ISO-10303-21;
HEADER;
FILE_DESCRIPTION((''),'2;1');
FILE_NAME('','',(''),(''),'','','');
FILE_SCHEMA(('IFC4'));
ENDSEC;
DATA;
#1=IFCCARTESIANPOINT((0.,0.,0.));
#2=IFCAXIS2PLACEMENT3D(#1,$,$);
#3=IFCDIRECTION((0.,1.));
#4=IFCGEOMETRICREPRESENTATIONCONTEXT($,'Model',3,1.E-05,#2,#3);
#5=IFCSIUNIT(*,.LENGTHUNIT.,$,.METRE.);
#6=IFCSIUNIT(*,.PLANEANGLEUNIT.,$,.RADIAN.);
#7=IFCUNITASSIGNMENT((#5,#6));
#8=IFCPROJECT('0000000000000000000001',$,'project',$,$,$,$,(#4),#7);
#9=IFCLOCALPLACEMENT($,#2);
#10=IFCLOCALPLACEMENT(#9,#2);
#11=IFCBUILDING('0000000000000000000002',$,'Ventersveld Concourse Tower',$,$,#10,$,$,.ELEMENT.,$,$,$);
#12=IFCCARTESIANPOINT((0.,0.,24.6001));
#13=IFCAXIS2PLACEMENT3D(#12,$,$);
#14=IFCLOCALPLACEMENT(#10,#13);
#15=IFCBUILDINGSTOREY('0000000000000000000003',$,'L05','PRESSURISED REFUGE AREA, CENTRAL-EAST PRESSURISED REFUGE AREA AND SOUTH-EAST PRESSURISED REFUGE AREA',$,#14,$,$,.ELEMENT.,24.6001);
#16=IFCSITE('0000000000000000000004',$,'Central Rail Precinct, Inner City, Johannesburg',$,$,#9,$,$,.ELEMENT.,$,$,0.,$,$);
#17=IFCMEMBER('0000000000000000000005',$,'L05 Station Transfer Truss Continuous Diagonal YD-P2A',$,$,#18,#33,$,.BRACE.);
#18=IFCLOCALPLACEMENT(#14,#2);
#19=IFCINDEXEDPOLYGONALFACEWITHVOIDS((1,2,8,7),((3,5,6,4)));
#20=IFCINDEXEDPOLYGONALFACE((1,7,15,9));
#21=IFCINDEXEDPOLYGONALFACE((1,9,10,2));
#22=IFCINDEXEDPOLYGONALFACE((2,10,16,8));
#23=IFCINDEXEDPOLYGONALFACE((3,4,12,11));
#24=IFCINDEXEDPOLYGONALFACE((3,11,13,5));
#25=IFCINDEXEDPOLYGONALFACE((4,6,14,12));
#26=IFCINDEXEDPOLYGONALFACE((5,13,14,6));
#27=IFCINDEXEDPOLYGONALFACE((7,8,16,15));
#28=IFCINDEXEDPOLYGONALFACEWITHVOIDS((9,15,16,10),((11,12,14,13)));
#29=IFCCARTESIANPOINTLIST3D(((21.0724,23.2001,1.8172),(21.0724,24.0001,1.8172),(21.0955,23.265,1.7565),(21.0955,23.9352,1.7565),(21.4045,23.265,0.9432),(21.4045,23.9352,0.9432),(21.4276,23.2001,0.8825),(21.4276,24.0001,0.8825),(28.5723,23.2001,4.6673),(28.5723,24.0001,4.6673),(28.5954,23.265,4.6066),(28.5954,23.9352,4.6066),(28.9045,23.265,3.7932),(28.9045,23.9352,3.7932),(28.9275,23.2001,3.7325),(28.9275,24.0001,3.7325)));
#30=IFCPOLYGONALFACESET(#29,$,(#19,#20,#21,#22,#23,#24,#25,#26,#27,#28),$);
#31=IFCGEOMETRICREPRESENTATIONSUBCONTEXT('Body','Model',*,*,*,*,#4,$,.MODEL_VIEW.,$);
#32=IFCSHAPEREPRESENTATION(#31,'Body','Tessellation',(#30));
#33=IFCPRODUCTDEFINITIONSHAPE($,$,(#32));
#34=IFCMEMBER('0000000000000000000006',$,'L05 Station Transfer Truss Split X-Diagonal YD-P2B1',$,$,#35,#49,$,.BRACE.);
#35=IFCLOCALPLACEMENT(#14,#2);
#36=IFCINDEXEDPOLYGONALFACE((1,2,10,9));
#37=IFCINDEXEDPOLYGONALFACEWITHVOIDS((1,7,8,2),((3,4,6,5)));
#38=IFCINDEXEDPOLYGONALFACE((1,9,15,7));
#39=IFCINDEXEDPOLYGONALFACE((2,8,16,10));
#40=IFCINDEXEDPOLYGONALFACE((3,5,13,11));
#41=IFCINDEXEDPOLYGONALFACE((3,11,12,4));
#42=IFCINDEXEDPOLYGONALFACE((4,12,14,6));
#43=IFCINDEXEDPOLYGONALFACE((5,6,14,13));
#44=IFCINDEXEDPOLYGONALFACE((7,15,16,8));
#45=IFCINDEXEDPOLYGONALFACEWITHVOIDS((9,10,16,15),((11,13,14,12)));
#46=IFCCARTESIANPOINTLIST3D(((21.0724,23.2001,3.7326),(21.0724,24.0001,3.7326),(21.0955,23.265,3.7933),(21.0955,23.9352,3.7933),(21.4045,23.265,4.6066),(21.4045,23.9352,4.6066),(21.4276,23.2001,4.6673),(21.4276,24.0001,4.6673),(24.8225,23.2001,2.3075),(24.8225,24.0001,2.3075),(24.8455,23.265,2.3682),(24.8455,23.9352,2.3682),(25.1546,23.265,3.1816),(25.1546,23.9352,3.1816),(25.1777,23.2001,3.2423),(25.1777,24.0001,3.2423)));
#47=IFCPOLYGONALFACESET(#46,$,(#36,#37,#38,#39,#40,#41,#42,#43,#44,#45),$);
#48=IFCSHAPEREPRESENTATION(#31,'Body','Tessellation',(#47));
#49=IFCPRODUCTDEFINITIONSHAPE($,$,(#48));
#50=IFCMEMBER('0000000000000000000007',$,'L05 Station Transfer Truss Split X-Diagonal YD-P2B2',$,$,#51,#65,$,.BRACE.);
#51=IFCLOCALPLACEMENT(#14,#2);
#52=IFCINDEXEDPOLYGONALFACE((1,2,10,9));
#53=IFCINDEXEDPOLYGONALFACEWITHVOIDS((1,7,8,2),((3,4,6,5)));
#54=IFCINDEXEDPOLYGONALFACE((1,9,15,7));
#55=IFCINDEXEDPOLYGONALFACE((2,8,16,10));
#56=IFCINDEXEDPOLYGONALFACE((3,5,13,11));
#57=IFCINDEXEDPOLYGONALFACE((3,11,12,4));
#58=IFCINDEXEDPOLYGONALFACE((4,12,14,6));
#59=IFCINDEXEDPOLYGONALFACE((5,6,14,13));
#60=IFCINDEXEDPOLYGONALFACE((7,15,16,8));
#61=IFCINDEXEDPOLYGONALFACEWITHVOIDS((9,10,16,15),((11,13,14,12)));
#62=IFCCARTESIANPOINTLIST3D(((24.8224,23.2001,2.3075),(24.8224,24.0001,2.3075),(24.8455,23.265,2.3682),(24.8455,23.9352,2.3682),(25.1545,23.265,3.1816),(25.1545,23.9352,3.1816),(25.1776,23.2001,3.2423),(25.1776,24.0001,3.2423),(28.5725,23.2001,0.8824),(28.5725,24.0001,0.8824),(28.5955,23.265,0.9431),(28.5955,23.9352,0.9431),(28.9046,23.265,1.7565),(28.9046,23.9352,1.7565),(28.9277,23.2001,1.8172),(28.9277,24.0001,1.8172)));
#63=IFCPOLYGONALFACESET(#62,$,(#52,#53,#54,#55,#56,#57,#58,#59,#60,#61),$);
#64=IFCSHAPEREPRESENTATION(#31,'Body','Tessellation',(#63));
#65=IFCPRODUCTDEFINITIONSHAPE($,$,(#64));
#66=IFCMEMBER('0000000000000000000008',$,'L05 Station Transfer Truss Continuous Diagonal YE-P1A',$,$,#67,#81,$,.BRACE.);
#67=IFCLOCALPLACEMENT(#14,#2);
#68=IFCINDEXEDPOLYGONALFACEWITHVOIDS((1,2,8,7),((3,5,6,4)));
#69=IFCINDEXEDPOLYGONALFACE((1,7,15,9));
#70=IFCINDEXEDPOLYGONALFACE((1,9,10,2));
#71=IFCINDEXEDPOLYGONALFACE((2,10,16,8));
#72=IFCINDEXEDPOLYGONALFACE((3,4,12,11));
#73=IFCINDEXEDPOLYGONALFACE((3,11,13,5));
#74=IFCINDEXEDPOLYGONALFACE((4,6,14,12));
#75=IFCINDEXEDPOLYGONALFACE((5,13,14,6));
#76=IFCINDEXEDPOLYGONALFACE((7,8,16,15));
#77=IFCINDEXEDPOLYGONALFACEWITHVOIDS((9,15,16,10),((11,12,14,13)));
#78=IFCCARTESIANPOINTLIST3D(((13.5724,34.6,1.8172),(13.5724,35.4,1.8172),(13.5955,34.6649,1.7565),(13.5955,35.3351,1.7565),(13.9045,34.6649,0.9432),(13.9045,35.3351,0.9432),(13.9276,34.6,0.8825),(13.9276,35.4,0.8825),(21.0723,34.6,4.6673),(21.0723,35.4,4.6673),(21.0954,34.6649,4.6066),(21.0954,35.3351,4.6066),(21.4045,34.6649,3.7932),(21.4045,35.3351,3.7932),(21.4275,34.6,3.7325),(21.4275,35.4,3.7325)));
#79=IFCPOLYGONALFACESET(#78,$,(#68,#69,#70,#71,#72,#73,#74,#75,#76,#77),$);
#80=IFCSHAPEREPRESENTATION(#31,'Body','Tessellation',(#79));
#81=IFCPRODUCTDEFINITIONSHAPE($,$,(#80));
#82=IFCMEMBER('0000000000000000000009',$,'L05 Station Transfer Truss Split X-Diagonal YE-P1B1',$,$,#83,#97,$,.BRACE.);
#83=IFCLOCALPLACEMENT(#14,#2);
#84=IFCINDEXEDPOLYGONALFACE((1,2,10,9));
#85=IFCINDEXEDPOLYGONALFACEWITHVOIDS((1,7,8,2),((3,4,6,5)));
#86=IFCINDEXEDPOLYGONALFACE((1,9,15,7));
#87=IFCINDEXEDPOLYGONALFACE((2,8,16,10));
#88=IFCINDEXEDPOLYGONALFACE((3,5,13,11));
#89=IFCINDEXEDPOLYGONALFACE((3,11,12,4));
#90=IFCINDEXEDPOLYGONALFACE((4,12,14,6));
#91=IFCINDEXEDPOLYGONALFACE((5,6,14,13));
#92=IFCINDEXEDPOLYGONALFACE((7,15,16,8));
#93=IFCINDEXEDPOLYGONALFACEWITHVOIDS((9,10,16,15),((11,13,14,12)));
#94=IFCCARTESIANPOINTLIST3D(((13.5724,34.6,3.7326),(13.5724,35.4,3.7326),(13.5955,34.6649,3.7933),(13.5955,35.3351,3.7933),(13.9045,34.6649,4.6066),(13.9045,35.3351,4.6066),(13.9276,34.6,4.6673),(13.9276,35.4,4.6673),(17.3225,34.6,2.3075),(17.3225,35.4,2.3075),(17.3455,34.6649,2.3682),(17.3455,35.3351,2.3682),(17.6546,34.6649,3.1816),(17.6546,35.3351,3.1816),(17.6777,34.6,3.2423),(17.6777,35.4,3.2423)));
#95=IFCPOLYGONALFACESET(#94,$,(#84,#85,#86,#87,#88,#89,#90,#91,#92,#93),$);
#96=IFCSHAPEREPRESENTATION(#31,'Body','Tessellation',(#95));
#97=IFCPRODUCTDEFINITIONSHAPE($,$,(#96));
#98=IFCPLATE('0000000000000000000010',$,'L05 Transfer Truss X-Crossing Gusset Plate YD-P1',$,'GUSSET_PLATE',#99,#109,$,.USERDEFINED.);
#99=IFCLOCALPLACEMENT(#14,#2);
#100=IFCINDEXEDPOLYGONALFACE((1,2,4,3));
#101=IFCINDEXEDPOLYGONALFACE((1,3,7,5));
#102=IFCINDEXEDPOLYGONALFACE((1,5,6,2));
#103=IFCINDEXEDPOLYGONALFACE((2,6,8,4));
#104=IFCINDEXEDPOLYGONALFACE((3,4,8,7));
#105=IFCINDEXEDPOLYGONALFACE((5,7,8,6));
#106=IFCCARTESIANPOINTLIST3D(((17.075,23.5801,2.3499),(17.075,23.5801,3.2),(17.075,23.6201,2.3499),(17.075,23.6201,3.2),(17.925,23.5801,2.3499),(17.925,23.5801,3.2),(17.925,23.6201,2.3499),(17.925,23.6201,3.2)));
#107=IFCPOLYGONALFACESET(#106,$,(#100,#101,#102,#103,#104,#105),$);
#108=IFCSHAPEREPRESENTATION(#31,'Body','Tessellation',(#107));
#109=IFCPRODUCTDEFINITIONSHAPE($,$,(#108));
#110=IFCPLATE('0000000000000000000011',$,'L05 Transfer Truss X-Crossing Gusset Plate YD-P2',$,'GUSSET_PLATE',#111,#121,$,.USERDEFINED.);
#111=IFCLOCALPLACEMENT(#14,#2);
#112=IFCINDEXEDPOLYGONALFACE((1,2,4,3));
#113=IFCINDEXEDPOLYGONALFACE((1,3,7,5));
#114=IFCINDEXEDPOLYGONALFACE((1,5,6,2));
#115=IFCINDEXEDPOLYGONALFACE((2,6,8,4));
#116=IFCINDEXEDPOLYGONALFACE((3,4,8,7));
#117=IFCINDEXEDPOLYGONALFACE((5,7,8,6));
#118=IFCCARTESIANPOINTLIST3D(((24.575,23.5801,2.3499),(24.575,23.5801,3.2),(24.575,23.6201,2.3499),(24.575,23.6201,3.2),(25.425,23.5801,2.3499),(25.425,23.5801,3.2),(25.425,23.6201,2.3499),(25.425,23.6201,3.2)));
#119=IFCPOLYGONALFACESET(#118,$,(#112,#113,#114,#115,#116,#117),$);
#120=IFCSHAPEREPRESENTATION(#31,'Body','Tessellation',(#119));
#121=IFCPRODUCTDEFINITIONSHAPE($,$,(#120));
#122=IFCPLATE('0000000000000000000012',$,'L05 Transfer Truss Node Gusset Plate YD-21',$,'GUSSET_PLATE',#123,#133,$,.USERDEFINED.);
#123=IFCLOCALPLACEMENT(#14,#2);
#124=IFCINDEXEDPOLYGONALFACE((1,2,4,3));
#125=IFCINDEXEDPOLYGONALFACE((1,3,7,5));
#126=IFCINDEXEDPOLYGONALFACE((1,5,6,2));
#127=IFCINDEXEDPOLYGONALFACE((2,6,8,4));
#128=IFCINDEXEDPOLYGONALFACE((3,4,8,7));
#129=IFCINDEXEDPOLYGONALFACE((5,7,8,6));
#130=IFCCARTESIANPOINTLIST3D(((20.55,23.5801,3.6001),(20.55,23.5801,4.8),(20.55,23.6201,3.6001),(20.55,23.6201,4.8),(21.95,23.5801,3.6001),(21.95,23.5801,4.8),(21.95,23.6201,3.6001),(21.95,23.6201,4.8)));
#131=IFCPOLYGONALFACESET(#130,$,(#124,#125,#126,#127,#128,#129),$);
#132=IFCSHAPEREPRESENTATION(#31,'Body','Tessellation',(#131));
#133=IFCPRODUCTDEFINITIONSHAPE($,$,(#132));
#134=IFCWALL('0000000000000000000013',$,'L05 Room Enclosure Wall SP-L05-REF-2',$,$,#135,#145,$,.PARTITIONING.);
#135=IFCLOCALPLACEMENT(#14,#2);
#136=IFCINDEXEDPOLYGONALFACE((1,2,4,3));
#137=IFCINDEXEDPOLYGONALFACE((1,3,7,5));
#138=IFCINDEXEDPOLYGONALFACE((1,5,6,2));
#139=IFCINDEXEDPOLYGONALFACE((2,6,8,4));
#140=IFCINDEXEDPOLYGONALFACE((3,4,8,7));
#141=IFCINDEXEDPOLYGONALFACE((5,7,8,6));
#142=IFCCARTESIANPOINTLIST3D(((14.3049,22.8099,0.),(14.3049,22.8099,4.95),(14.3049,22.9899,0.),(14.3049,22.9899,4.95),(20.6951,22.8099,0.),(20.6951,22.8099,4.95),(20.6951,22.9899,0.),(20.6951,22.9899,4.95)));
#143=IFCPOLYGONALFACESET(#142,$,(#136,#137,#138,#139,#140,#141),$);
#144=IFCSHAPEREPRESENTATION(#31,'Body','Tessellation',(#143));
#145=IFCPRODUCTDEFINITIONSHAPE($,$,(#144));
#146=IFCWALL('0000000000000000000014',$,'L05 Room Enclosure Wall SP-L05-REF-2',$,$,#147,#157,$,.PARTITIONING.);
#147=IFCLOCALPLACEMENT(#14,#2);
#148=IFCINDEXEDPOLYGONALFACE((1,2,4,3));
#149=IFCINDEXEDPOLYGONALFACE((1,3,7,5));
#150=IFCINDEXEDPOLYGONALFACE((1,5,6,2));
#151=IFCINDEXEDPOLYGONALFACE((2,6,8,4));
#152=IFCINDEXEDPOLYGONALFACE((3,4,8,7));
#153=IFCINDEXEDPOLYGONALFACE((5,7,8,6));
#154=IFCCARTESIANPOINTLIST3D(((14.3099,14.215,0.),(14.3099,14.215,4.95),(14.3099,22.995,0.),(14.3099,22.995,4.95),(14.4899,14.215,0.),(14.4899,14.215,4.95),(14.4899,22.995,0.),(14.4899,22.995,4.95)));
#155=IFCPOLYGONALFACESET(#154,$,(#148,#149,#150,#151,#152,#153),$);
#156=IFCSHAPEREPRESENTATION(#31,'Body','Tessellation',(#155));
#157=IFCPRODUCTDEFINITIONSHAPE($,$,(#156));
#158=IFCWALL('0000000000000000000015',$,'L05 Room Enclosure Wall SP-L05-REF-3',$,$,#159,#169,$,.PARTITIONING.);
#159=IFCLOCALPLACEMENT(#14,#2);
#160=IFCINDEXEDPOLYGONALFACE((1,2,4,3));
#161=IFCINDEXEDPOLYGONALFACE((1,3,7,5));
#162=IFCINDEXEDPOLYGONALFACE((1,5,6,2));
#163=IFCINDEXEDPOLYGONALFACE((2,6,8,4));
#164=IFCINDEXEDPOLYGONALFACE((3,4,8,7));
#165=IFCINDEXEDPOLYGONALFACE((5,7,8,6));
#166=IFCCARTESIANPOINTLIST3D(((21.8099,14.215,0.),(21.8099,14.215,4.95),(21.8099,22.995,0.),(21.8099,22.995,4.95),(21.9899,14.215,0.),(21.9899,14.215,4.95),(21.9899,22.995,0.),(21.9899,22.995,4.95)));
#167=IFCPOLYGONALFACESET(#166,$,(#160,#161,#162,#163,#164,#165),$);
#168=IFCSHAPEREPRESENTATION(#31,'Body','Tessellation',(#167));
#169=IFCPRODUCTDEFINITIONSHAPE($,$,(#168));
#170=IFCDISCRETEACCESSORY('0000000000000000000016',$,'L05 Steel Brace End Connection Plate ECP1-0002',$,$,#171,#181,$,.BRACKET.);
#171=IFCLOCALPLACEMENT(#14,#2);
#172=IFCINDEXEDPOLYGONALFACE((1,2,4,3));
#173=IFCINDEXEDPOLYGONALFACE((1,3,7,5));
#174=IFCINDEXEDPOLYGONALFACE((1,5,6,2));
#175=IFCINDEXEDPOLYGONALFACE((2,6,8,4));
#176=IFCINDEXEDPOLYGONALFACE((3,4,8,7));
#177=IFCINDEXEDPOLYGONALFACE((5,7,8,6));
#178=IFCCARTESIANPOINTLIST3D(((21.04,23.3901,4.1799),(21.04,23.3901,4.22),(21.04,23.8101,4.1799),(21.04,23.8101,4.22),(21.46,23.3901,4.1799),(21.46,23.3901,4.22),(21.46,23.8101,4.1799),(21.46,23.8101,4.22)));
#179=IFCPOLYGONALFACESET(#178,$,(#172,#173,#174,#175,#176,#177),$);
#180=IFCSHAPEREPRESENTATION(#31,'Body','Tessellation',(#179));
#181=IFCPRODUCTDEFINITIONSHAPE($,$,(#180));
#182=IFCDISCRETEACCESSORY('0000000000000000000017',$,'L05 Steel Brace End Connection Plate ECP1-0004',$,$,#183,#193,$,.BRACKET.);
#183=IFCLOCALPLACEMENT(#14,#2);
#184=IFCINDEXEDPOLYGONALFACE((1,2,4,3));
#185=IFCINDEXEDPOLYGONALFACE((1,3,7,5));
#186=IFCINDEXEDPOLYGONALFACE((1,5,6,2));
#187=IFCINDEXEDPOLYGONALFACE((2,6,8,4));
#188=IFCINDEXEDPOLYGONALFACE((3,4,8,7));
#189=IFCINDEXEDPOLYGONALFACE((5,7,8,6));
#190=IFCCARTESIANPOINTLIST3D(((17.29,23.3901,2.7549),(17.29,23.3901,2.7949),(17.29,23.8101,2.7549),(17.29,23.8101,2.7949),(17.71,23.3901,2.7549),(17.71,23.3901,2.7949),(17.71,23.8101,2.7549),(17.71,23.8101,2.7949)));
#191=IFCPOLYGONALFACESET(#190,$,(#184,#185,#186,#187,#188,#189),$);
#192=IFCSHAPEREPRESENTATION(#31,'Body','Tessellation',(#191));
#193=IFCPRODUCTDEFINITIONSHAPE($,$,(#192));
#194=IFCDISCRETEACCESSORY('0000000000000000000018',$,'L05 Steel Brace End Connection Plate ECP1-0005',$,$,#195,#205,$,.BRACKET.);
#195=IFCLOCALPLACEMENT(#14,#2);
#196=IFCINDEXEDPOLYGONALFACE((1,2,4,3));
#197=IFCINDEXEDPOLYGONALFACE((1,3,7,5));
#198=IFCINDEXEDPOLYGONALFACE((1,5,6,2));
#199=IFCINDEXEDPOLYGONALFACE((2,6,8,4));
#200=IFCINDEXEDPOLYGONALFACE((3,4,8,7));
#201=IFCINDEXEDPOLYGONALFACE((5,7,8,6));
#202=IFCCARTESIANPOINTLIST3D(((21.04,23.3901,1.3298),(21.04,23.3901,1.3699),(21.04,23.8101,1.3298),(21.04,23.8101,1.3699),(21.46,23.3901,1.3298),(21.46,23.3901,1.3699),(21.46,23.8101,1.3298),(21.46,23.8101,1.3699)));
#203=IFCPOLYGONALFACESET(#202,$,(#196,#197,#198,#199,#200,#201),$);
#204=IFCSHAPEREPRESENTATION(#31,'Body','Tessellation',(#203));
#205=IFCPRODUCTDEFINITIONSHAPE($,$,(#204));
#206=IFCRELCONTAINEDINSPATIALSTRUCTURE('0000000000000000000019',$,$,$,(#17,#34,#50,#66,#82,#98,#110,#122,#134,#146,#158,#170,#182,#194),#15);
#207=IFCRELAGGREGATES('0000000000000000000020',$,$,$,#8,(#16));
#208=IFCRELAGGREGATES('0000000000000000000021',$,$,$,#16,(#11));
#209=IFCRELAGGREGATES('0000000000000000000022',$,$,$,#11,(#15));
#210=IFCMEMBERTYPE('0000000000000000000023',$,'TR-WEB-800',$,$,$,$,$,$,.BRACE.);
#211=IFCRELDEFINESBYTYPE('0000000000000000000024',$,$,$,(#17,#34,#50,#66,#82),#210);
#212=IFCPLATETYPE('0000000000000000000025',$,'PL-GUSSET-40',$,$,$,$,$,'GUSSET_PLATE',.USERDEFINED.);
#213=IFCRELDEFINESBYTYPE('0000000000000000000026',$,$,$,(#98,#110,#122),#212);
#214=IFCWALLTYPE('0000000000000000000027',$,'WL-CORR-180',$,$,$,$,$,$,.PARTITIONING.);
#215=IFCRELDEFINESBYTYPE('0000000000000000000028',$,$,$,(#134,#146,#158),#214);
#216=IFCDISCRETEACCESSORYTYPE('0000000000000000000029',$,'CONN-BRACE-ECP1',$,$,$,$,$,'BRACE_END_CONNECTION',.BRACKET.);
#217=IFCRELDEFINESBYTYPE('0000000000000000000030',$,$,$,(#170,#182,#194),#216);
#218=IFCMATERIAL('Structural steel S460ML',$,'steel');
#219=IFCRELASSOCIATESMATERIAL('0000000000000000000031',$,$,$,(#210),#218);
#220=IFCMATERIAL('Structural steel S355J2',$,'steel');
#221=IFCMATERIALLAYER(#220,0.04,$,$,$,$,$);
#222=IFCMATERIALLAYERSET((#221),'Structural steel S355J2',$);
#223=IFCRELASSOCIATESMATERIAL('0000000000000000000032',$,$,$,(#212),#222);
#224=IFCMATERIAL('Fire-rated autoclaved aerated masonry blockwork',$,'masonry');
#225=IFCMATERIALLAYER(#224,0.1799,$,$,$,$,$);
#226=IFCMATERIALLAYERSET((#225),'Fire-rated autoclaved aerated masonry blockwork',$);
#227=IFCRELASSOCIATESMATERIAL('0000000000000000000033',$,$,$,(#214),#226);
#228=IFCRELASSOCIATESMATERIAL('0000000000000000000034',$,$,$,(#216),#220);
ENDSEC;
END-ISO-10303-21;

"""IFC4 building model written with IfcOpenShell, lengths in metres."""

from ifc_helpers import new_model, si_unit, direction, frame, frame_2d, origin, origin_2d, place, context, subcontext, project, spatial, rectangle, hollow_rectangle, extrude, material, layer, layer_set, material_profile, profile_set, type_object, element, save


model = new_model("IFC4")

# Units and contexts
model_context = context("Model", 3, precision=1e-05, world=origin(), true_north=direction((0.0, 1.0)))
body_context = subcontext(model_context, "Body", "Model", "MODEL_VIEW")
ifc_project = project(units=[si_unit("LENGTHUNIT", "METRE"), si_unit("PLANEANGLEUNIT", "RADIAN")], contexts=[model_context])

# Site, building, storey
site_placement = place(None, origin())
site = spatial("IfcSite", under=ifc_project, at=site_placement, Name="Central Rail Precinct, Inner City, Johannesburg", CompositionType="ELEMENT", RefElevation=0.0)
building_placement = place(site_placement, origin())
building = spatial("IfcBuilding", under=site, at=building_placement, Name="Ventersveld Concourse Tower", CompositionType="ELEMENT")
storey_placement = place(building_placement, frame((0.0, 0.0, 24.6001)))
storey = spatial("IfcBuildingStorey", under=building, at=storey_placement, Name="L05", Description="PRESSURISED REFUGE AREA, CENTRAL-EAST PRESSURISED REFUGE AREA AND SOUTH-EAST PRESSURISED REFUGE AREA", CompositionType="ELEMENT", Elevation=24.6001)

# Shared definitions
ifc_material_1 = material(Name="Structural steel S355J2", Category="steel")

# Shared definitions
ifc_material_2 = material(Name="Structural steel S460ML", Category="steel")

# Members
ifc_material_profile_1 = material_profile(ifc_material_2, hollow_rectangle(XDim=0.8, YDim=1.0, WallThickness=0.0649, at=origin_2d()), Name="BOX 1000x800x65")
ifc_profile_set_1 = profile_set([ifc_material_profile_1], Name="Structural steel S460ML")
member_type_1 = type_object("IfcMemberType", Name="TR-WEB-800", PredefinedType="BRACE", material=ifc_profile_set_1)
member_1_placement = place(storey_placement, frame((21.25, 23.6001, 1.3499), z_axis=(0.93478, 0.0, 0.355228), x_axis=(0.0, 1.0, 0.0)))
element("IfcMember", 1, at=member_1_placement, inside=storey, type_object=member_type_1, Name="L05 Station Transfer Truss Continuous Diagonal YD-P2A", PredefinedType="BRACE", context=body_context, shape_type="SweptSolid", body=[
    extrude(hollow_rectangle(XDim=0.8, YDim=1.0, WallThickness=0.0649, at=origin_2d()), origin(), (0.0, 0.0, 1.0), 8.0232),
])
for number, where, z_axis, x_axis, name in (
    (2, (21.25, 23.6001, 4.2), (0.93478, 0.0, -0.355228), (0.0, 1.0, 0.0), "L05 Station Transfer Truss Split X-Diagonal YD-P2B1"),
    (3, (25.0, 23.6001, 2.7749), (0.93478, 0.0, -0.355228), (0.0, 1.0, 0.0), "L05 Station Transfer Truss Split X-Diagonal YD-P2B2"),
):
    element("IfcMember", number, at=place(storey_placement, frame(where, z_axis=z_axis, x_axis=x_axis)), inside=storey, type_object=member_type_1, Name=name, PredefinedType="BRACE", context=body_context, shape_type="SweptSolid", body=[
        extrude(hollow_rectangle(XDim=0.8, YDim=1.0, WallThickness=0.0649, at=origin_2d()), origin(), (0.0, 0.0, 1.0), 4.0117),
    ])
member_2_placement = place(storey_placement, frame((13.75, 35.0, 1.3499), z_axis=(0.93478, 0.0, 0.355228), x_axis=(0.0, 1.0, 0.0)))
element("IfcMember", 4, at=member_2_placement, inside=storey, type_object=member_type_1, Name="L05 Station Transfer Truss Continuous Diagonal YE-P1A", PredefinedType="BRACE", context=body_context, shape_type="SweptSolid", body=[
    extrude(hollow_rectangle(XDim=0.8, YDim=1.0, WallThickness=0.0649, at=origin_2d()), origin(), (0.0, 0.0, 1.0), 8.0232),
])
member_3_placement = place(storey_placement, frame((13.75, 35.0, 4.2), z_axis=(0.93478, 0.0, -0.355228), x_axis=(0.0, 1.0, 0.0)))
element("IfcMember", 5, at=member_3_placement, inside=storey, type_object=member_type_1, Name="L05 Station Transfer Truss Split X-Diagonal YE-P1B1", PredefinedType="BRACE", context=body_context, shape_type="SweptSolid", body=[
    extrude(hollow_rectangle(XDim=0.8, YDim=1.0, WallThickness=0.0649, at=origin_2d()), origin(), (0.0, 0.0, 1.0), 4.0117),
])

# Plates
ifc_layer_1 = layer(ifc_material_1, 0.04)
ifc_layer_set_1 = layer_set([ifc_layer_1], Name="Structural steel S355J2")
plate_type = type_object("IfcPlateType", Name="PL-GUSSET-40", ElementType="GUSSET_PLATE", PredefinedType="USERDEFINED", material=ifc_layer_set_1)
for number, where, z_axis, x_axis, name in (
    (6, (17.5, 23.6001, 2.3499), (0.0, 0.0, 1.0), (1.0, 0.0, 0.0), "L05 Transfer Truss X-Crossing Gusset Plate YD-P1"),
    (7, (25.0, 23.6001, 2.3499), (0.0, 0.0, 1.0), (1.0, 0.0, 0.0), "L05 Transfer Truss X-Crossing Gusset Plate YD-P2"),
):
    element("IfcPlate", number, at=place(storey_placement, frame(where, z_axis=z_axis, x_axis=x_axis)), inside=storey, type_object=plate_type, Name=name, ObjectType="GUSSET_PLATE", PredefinedType="USERDEFINED", context=body_context, shape_type="SweptSolid", body=[
        extrude(rectangle(XDim=0.8501, YDim=0.04, at=origin_2d()), origin(), (0.0, 0.0, 1.0), 0.8501),
    ])
plate_placement = place(storey_placement, frame((21.25, 23.6001, 3.6001), z_axis=(0.0, 0.0, 1.0), x_axis=(1.0, 0.0, 0.0)))
element("IfcPlate", 8, at=plate_placement, inside=storey, type_object=plate_type, Name="L05 Transfer Truss Node Gusset Plate YD-21", ObjectType="GUSSET_PLATE", PredefinedType="USERDEFINED", context=body_context, shape_type="SweptSolid", body=[
    extrude(rectangle(XDim=1.3999, YDim=0.04, at=origin_2d()), origin(), (0.0, 0.0, 1.0), 1.2),
])

# Walls
ifc_material_3 = material(Name="Fire-rated autoclaved aerated masonry blockwork", Category="masonry")
ifc_layer_2 = layer(ifc_material_3, 0.1799)
ifc_layer_set_2 = layer_set([ifc_layer_2], Name="Fire-rated autoclaved aerated masonry blockwork")
wall_type = type_object("IfcWallType", Name="WL-CORR-180", PredefinedType="PARTITIONING", material=ifc_layer_set_2)
wall_placement = place(storey_placement, frame((20.6951, 22.8999, 0.0), z_axis=(0.0, 0.0, 1.0), x_axis=(-1.0, 0.0, 0.0)))
element("IfcWall", 9, at=wall_placement, inside=storey, type_object=wall_type, Name="L05 Room Enclosure Wall SP-L05-REF-2", PredefinedType="PARTITIONING", context=body_context, shape_type="SweptSolid", body=[
    extrude(rectangle(XDim=6.3901, YDim=0.1799, at=frame_2d((3.1951, 0.0))), origin(), (0.0, 0.0, 1.0), 4.95),
])
for number, where, z_axis, x_axis, name in (
    (10, (14.3999, 22.9951, 0.0), (0.0, 0.0, 1.0), (0.0, -1.0, 0.0), "L05 Room Enclosure Wall SP-L05-REF-2"),
    (11, (21.8999, 22.9951, 0.0), (0.0, 0.0, 1.0), (0.0, -1.0, 0.0), "L05 Room Enclosure Wall SP-L05-REF-3"),
):
    element("IfcWall", number, at=place(storey_placement, frame(where, z_axis=z_axis, x_axis=x_axis)), inside=storey, type_object=wall_type, Name=name, PredefinedType="PARTITIONING", context=body_context, shape_type="SweptSolid", body=[
        extrude(rectangle(XDim=8.78, YDim=0.1799, at=frame_2d((4.3901, 0.0))), origin(), (0.0, 0.0, 1.0), 4.95),
    ])

# Discrete accessories
discrete_accessory_type = type_object("IfcDiscreteAccessoryType", Name="CONN-BRACE-ECP1", ElementType="BRACE_END_CONNECTION", PredefinedType="BRACKET", material=ifc_material_1)
for number, where, z_axis, x_axis, name in (
    (12, (21.25, 23.6001, 4.1799), (0.0, 0.0, 1.0), (1.0, 0.0, 0.0), "L05 Steel Brace End Connection Plate ECP1-0002"),
    (13, (17.5, 23.6001, 2.7549), (0.0, 0.0, 1.0), (1.0, 0.0, 0.0), "L05 Steel Brace End Connection Plate ECP1-0004"),
    (14, (21.25, 23.6001, 1.3298), (0.0, 0.0, 1.0), (1.0, 0.0, 0.0), "L05 Steel Brace End Connection Plate ECP1-0005"),
):
    element("IfcDiscreteAccessory", number, at=place(storey_placement, frame(where, z_axis=z_axis, x_axis=x_axis)), inside=storey, type_object=discrete_accessory_type, Name=name, PredefinedType="BRACKET", context=body_context, shape_type="SweptSolid", body=[
        extrude(rectangle(XDim=0.4199, YDim=0.4199, at=origin_2d()), origin(), (0.0, 0.0, 1.0), 0.04),
    ])

save(model, "model.ifc")
